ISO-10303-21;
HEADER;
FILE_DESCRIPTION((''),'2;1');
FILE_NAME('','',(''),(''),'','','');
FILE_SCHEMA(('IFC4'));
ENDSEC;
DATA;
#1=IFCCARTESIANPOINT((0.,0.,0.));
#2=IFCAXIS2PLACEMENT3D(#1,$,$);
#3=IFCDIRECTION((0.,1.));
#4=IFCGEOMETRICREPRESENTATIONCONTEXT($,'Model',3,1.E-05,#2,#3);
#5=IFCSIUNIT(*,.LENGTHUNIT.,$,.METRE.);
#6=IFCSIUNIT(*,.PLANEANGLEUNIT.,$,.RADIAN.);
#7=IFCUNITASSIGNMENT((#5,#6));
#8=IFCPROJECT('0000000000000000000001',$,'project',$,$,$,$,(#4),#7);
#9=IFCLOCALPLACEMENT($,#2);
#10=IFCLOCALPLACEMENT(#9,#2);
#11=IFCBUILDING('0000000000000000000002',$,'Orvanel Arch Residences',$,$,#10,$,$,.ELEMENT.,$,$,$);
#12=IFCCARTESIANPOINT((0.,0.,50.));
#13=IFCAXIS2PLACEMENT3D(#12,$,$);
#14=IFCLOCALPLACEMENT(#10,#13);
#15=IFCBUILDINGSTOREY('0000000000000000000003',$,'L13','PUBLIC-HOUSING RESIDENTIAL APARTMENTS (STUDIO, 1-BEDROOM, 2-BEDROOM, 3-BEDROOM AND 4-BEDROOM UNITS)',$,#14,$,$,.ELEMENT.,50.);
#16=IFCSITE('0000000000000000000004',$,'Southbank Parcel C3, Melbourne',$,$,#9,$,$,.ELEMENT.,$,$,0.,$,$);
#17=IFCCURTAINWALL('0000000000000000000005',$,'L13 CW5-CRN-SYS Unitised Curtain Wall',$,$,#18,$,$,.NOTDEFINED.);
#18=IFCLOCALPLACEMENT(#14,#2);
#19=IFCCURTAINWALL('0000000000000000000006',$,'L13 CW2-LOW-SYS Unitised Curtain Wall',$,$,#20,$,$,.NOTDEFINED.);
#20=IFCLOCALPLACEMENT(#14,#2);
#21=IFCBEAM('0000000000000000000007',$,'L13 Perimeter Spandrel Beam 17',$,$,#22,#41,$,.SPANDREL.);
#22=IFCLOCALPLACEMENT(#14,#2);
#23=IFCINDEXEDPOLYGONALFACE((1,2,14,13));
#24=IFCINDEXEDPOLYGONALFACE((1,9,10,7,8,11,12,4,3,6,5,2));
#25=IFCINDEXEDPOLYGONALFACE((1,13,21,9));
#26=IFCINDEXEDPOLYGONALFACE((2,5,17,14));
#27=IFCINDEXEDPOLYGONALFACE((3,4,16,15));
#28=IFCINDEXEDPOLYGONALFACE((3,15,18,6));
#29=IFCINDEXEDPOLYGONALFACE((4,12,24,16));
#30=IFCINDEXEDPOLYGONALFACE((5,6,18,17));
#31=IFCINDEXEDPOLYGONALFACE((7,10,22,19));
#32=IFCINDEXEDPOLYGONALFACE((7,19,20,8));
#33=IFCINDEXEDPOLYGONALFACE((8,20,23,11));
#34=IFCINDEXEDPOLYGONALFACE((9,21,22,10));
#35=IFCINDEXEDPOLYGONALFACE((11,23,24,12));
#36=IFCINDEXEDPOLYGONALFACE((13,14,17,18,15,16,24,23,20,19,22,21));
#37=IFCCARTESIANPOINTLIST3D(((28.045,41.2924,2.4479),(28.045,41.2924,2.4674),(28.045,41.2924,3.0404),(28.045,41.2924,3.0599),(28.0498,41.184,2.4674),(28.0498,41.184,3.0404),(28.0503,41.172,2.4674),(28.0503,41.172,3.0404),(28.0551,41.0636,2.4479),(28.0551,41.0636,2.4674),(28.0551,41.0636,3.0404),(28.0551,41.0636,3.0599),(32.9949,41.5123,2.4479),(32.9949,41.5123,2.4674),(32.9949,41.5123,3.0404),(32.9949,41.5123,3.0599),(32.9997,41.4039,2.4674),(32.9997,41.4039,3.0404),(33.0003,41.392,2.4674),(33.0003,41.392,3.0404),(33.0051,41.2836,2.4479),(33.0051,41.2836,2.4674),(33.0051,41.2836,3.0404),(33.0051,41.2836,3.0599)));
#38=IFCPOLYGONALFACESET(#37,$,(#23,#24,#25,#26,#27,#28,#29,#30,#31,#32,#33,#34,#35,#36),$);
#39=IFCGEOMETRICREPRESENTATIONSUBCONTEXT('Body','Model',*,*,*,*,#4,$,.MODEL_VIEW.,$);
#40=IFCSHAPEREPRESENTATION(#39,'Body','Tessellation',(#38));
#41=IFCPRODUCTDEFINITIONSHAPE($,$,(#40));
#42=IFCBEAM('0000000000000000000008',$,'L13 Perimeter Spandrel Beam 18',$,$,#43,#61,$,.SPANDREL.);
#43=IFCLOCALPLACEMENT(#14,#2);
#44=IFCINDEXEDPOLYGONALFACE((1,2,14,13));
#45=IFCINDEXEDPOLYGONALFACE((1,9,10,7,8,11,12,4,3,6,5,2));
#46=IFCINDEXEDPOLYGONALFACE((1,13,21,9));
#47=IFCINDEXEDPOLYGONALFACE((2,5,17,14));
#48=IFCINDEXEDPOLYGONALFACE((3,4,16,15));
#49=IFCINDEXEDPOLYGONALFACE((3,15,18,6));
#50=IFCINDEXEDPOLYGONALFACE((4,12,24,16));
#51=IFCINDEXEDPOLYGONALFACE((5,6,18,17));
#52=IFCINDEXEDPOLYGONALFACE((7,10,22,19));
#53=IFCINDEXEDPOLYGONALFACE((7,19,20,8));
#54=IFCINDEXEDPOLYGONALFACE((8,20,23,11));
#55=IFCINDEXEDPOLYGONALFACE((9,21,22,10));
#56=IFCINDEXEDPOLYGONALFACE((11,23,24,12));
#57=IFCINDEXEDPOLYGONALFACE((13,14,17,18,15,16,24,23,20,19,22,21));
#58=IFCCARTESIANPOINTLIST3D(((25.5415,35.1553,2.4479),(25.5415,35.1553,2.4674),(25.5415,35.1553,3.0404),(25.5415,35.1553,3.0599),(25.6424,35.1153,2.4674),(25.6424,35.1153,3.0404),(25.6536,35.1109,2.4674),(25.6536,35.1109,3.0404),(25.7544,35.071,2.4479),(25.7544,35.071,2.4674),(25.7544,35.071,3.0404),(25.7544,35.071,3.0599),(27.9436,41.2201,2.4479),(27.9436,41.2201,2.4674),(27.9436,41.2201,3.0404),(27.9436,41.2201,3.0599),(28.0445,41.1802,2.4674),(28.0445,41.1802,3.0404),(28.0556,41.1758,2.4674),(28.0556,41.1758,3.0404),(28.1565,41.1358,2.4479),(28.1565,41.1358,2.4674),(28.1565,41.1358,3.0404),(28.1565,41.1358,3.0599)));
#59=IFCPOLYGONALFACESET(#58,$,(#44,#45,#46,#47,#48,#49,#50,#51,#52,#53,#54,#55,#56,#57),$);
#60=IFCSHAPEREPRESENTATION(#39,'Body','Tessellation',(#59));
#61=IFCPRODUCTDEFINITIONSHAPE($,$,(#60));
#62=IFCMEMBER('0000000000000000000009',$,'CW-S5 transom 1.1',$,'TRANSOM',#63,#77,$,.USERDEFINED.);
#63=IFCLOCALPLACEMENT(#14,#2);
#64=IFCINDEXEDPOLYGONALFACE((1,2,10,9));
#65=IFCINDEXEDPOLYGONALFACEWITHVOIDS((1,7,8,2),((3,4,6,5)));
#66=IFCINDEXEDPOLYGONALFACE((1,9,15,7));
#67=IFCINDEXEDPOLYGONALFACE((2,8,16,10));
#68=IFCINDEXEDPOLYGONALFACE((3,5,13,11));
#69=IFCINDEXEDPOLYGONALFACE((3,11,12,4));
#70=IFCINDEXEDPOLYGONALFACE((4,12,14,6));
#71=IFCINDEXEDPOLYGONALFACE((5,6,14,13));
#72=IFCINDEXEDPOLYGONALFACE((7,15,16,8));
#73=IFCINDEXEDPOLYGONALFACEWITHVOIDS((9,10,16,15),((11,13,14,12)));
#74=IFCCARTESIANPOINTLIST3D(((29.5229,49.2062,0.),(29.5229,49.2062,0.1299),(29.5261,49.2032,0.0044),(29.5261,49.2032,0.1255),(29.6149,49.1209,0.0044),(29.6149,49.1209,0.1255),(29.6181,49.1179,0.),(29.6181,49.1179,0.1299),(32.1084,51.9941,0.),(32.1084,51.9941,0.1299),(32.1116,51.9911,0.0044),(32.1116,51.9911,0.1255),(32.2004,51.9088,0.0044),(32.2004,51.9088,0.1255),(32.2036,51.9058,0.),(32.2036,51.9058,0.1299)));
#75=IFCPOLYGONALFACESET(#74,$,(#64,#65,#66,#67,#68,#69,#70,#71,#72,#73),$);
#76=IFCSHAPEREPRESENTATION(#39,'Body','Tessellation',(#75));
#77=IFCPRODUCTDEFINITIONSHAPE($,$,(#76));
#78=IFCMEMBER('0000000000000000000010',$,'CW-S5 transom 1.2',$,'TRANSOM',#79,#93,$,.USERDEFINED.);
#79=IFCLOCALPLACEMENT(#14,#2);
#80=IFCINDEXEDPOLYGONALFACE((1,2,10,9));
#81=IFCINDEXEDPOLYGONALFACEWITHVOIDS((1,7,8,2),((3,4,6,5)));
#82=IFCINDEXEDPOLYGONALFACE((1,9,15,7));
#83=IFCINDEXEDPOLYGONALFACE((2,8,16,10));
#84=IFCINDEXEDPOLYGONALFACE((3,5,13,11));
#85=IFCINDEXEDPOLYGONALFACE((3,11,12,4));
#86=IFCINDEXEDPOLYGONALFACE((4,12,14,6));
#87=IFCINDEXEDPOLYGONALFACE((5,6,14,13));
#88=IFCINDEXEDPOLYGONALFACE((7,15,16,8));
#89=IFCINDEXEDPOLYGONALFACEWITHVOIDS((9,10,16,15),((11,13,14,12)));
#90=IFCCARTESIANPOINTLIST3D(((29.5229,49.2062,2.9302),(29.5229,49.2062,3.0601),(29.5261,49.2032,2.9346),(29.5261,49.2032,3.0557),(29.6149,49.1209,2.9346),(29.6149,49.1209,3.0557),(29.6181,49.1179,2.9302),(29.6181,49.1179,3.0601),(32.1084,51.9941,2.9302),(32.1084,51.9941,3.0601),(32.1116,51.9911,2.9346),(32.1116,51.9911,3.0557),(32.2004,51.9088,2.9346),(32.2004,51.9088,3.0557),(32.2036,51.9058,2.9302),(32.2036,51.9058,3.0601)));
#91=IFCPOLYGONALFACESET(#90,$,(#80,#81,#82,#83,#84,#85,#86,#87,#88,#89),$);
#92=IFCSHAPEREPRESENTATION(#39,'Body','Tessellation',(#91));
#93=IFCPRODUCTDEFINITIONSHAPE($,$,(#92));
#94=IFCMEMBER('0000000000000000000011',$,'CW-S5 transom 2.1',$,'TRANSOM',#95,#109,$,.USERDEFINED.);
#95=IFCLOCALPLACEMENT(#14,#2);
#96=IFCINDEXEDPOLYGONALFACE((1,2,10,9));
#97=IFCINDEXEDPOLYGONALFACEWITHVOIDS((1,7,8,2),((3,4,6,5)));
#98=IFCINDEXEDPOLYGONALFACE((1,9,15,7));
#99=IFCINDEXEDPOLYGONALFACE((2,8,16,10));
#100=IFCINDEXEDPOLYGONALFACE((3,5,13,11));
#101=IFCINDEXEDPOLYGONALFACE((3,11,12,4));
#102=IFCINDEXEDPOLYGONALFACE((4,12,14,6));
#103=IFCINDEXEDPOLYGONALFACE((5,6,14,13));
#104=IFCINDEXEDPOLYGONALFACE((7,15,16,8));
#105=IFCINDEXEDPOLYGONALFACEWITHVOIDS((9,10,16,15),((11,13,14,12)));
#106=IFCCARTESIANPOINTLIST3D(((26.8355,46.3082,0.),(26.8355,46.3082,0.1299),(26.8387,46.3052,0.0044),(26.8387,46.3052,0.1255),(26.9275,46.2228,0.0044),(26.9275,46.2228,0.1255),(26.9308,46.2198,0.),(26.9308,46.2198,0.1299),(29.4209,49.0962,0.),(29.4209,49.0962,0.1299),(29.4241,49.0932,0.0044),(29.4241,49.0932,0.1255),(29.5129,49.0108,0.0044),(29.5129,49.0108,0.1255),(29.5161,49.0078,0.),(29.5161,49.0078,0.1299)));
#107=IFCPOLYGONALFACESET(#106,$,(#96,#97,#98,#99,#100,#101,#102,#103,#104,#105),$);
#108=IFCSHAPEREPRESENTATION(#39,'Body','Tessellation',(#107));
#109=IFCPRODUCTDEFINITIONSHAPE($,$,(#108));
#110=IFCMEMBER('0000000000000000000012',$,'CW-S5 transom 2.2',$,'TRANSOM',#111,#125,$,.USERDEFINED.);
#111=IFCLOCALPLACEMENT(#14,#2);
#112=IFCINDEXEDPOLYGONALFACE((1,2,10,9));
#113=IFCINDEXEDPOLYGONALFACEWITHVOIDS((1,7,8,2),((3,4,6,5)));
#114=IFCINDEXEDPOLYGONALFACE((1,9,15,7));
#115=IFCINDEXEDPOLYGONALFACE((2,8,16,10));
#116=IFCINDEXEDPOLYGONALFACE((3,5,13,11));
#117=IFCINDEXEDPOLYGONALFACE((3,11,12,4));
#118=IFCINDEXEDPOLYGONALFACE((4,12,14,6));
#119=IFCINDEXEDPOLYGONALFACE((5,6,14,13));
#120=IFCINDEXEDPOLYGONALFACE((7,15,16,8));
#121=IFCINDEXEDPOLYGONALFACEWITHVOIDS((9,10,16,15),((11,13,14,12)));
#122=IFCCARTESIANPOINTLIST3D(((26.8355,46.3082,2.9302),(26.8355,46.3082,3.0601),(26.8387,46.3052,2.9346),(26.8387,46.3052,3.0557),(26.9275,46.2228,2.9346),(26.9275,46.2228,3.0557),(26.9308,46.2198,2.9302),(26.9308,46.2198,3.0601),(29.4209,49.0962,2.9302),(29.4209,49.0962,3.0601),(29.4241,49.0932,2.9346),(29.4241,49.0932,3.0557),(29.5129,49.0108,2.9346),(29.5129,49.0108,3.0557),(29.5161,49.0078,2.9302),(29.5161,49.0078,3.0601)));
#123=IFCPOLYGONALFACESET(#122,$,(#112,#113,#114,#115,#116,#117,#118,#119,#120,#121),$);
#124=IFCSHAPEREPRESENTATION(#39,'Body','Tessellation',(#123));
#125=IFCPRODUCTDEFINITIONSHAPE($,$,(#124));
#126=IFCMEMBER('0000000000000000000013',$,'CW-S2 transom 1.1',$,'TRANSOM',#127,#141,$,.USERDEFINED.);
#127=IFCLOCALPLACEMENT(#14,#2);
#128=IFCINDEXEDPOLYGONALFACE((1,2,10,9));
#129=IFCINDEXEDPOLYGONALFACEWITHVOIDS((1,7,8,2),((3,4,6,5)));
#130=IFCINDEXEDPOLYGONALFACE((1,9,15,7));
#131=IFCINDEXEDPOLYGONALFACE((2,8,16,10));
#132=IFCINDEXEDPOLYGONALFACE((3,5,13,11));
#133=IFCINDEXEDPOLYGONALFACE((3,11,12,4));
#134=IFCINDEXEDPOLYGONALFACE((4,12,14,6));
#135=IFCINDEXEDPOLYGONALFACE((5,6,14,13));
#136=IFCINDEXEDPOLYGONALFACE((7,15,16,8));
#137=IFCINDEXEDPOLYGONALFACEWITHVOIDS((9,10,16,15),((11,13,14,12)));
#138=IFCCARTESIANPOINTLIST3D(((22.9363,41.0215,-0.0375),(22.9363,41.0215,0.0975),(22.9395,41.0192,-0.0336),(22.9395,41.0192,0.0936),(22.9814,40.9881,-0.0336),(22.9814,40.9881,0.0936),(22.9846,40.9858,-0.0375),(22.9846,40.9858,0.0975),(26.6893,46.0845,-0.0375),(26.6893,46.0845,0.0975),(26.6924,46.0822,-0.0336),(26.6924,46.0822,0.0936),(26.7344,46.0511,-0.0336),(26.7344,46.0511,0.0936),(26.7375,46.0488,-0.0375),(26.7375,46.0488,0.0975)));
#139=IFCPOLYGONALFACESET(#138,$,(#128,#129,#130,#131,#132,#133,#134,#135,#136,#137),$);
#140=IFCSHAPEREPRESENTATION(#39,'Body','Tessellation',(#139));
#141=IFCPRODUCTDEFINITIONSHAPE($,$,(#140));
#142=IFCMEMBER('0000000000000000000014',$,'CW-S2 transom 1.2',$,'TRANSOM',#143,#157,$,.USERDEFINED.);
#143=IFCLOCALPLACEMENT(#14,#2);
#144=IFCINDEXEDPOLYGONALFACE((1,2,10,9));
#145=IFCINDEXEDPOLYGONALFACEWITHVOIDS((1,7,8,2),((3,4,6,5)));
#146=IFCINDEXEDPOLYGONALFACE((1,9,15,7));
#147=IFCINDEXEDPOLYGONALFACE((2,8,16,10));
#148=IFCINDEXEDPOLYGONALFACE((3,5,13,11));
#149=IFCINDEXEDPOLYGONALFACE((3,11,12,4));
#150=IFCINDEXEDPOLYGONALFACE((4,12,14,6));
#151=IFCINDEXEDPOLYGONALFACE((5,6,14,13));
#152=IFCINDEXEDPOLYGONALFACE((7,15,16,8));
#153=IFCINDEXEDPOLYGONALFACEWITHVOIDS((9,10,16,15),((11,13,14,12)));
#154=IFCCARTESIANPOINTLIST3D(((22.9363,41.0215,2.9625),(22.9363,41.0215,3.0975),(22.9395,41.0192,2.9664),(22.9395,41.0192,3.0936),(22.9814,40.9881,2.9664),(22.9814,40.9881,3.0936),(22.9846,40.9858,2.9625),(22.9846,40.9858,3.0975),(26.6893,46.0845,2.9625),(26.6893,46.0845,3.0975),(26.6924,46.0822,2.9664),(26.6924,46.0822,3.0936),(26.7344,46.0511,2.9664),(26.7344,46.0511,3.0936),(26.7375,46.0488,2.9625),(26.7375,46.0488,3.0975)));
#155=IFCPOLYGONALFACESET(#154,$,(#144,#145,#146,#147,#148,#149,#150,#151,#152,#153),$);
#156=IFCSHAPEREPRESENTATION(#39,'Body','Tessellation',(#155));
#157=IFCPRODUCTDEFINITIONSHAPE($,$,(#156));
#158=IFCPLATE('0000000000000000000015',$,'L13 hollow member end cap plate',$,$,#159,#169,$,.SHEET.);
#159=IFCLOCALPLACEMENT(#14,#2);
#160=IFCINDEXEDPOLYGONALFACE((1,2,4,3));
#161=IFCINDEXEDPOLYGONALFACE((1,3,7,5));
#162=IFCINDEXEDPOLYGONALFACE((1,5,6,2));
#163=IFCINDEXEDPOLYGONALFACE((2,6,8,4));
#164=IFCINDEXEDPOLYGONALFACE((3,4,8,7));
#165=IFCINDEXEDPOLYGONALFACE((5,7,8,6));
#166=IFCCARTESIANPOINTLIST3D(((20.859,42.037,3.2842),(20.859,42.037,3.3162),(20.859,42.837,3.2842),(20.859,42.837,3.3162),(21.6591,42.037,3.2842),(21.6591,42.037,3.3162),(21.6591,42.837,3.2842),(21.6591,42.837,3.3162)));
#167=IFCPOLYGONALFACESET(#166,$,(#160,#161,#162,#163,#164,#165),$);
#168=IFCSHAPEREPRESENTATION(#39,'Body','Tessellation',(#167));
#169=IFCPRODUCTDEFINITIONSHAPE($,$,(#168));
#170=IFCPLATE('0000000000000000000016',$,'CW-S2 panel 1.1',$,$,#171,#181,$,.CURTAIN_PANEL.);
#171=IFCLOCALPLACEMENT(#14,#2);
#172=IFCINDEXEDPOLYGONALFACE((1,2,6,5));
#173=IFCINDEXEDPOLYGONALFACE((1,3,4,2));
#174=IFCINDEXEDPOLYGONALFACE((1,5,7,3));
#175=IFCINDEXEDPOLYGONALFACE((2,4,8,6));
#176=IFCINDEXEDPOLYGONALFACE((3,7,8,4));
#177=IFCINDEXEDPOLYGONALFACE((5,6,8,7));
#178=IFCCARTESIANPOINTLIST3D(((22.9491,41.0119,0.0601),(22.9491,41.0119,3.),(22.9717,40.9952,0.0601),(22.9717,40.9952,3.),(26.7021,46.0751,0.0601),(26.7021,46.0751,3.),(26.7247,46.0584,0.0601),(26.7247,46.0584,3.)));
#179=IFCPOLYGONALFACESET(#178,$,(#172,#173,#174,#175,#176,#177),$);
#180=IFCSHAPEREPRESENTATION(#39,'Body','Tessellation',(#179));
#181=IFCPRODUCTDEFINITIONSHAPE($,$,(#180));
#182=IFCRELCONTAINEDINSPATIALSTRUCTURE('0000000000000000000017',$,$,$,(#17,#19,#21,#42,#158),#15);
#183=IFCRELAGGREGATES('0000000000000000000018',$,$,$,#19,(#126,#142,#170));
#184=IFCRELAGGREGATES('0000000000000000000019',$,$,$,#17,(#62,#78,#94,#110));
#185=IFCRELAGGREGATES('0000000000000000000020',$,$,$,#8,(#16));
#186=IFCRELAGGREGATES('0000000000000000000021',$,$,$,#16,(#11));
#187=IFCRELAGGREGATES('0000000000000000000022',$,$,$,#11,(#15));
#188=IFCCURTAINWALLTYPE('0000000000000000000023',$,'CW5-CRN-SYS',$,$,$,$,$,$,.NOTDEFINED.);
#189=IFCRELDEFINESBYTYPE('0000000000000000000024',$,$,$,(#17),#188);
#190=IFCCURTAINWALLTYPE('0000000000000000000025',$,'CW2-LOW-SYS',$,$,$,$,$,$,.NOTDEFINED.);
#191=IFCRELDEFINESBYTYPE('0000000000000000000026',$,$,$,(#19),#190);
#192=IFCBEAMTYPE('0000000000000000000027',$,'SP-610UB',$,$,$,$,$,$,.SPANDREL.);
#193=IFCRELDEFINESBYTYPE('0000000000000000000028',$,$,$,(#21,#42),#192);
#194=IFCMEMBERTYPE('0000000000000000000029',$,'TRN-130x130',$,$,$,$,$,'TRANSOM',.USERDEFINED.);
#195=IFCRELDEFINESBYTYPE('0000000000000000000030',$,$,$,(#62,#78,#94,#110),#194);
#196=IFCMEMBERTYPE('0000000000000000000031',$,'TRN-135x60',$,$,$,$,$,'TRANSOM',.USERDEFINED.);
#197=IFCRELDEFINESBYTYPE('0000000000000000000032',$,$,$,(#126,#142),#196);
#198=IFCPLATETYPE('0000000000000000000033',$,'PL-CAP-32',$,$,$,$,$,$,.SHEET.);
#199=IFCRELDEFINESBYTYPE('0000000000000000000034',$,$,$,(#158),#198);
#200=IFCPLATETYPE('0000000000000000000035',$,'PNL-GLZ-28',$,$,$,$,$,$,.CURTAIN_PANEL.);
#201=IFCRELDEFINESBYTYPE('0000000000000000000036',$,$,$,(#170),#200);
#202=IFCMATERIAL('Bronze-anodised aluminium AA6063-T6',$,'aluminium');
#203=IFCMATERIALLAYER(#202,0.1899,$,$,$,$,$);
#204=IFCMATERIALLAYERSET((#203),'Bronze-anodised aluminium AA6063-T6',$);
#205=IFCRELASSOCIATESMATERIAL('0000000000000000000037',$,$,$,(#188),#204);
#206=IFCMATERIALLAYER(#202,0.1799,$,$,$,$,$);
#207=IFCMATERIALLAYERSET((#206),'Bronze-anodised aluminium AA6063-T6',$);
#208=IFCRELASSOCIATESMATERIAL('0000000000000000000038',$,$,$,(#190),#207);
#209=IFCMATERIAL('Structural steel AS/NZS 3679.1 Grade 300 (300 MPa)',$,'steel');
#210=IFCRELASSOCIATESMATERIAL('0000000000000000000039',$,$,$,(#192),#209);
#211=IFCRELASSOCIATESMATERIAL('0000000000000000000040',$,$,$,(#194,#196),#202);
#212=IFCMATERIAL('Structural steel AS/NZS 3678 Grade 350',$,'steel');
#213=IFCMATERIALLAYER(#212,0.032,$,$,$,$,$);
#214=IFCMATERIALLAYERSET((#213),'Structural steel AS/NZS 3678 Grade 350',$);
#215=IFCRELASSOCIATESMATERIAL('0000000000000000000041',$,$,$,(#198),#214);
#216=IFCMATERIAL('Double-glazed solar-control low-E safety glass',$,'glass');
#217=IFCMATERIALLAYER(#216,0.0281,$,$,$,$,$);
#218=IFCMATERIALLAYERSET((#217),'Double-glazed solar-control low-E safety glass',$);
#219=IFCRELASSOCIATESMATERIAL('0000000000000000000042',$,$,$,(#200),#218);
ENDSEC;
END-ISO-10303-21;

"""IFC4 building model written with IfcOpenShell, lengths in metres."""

from ifc_helpers import new_model, si_unit, direction, frame, origin, origin_2d, place, context, subcontext, project, spatial, rectangle, hollow_rectangle, i_section, extrude, material, layer, layer_set, material_profile, profile_set, type_object, element, aggregate, save


model = new_model("IFC4")

# Units and contexts
model_context = context("Model", 3, precision=1e-05, world=origin(), true_north=direction((0.0, 1.0)))
body_context = subcontext(model_context, "Body", "Model", "MODEL_VIEW")
ifc_project = project(units=[si_unit("LENGTHUNIT", "METRE"), si_unit("PLANEANGLEUNIT", "RADIAN")], contexts=[model_context])

# Site, building, storey
site_placement = place(None, origin())
site = spatial("IfcSite", under=ifc_project, at=site_placement, Name="Southbank Parcel C3, Melbourne", CompositionType="ELEMENT", RefElevation=0.0)
building_placement = place(site_placement, origin())
building = spatial("IfcBuilding", under=site, at=building_placement, Name="Orvanel Arch Residences", CompositionType="ELEMENT")
storey_placement = place(building_placement, frame((0.0, 0.0, 50.0)))
storey = spatial("IfcBuildingStorey", under=building, at=storey_placement, Name="L13", Description="PUBLIC-HOUSING RESIDENTIAL APARTMENTS (STUDIO, 1-BEDROOM, 2-BEDROOM, 3-BEDROOM AND 4-BEDROOM UNITS)", CompositionType="ELEMENT", Elevation=50.0)

# Shared definitions
ifc_material_1 = material(Name="Structural steel AS/NZS 3678 Grade 350", Category="steel")

# Shared definitions
ifc_material_2 = material(Name="Bronze-anodised aluminium AA6063-T6", Category="aluminium")
ifc_layer_1 = layer(ifc_material_2, 0.1899)
ifc_layer_set_1 = layer_set([ifc_layer_1], Name="Bronze-anodised aluminium AA6063-T6")
curtain_wall_type_1 = type_object("IfcCurtainWallType", Name="CW5-CRN-SYS", PredefinedType="NOTDEFINED", material=ifc_layer_set_1)

# Curtain walls
curtain_wall_1_placement = place(storey_placement, origin())
curtain_wall_1 = element("IfcCurtainWall", 1, at=curtain_wall_1_placement, inside=storey, type_object=curtain_wall_type_1, Name="L13 CW5-CRN-SYS Unitised Curtain Wall", PredefinedType="NOTDEFINED")
ifc_layer_2 = layer(ifc_material_2, 0.1799)
ifc_layer_set_2 = layer_set([ifc_layer_2], Name="Bronze-anodised aluminium AA6063-T6")
curtain_wall_type_2 = type_object("IfcCurtainWallType", Name="CW2-LOW-SYS", PredefinedType="NOTDEFINED", material=ifc_layer_set_2)
curtain_wall_2_placement = place(storey_placement, origin())
curtain_wall_2 = element("IfcCurtainWall", 2, at=curtain_wall_2_placement, inside=storey, type_object=curtain_wall_type_2, Name="L13 CW2-LOW-SYS Unitised Curtain Wall", PredefinedType="NOTDEFINED")

# Beams
ifc_material_3 = material(Name="Structural steel AS/NZS 3679.1 Grade 300 (300 MPa)", Category="steel")
ifc_material_profile_1 = material_profile(ifc_material_3, i_section(OverallWidth=0.229, OverallDepth=0.6121, WebThickness=0.012, FlangeThickness=0.0195, at=origin_2d()), Name="610UB125")
ifc_profile_set_1 = profile_set([ifc_material_profile_1], Name="Structural steel AS/NZS 3679.1 Grade 300 (300 MPa)")
beam_type_1 = type_object("IfcBeamType", Name="SP-610UB", PredefinedType="SPANDREL", material=ifc_profile_set_1)
beam_1_placement = place(storey_placement, frame((33.0, 41.3979, 2.7539), z_axis=(-0.999014, -0.044395, 0.0), x_axis=(0.044395, -0.999014, 0.0)))
element("IfcBeam", 3, at=beam_1_placement, inside=storey, type_object=beam_type_1, Name="L13 Perimeter Spandrel Beam 17", PredefinedType="SPANDREL", context=body_context, shape_type="SweptSolid", body=[
    extrude(i_section(OverallWidth=0.229, OverallDepth=0.6121, WebThickness=0.012, FlangeThickness=0.0195, at=origin_2d()), origin(), (0.0, 0.0, 1.0), 4.9548),
])
beam_2_placement = place(storey_placement, frame((28.05, 41.178, 2.7539), z_axis=(-0.368233, -0.929733, 0.0), x_axis=(0.929733, -0.368233, 0.0)))
element("IfcBeam", 4, at=beam_2_placement, inside=storey, type_object=beam_type_1, Name="L13 Perimeter Spandrel Beam 18", PredefinedType="SPANDREL", context=body_context, shape_type="SweptSolid", body=[
    extrude(i_section(OverallWidth=0.229, OverallDepth=0.6121, WebThickness=0.012, FlangeThickness=0.0195, at=origin_2d()), origin(), (0.0, 0.0, 1.0), 6.5232),
])

# Members
ifc_material_profile_2 = material_profile(ifc_material_2, hollow_rectangle(XDim=0.1299, YDim=0.1299, WallThickness=0.0044, at=origin_2d()), Name="ALU130x130x4.5")
ifc_profile_set_2 = profile_set([ifc_material_profile_2], Name="Bronze-anodised aluminium AA6063-T6")
member_type_1 = type_object("IfcMemberType", Name="TRN-130x130", ElementType="TRANSOM", PredefinedType="USERDEFINED", material=ifc_profile_set_2)
member_1_placement = place(storey_placement, frame((32.156, 51.95, 0.0649), z_axis=(-0.67999, -0.733221, 0.0), x_axis=(0.733221, -0.67999, 0.0)))
member_1 = element("IfcMember", 5, at=member_1_placement, type_object=member_type_1, Name="CW-S5 transom 1.1", ObjectType="TRANSOM", PredefinedType="USERDEFINED", context=body_context, shape_type="SweptSolid", body=[
    extrude(hollow_rectangle(XDim=0.1299, YDim=0.1299, WallThickness=0.0044, at=origin_2d()), origin(), (0.0, 0.0, 1.0), 3.8022),
])
member_2_placement = place(storey_placement, frame((32.156, 51.95, 2.9951), z_axis=(-0.67999, -0.733221, 0.0), x_axis=(0.733221, -0.67999, 0.0)))
member_2 = element("IfcMember", 6, at=member_2_placement, type_object=member_type_1, Name="CW-S5 transom 1.2", ObjectType="TRANSOM", PredefinedType="USERDEFINED", context=body_context, shape_type="SweptSolid", body=[
    extrude(hollow_rectangle(XDim=0.1299, YDim=0.1299, WallThickness=0.0044, at=origin_2d()), origin(), (0.0, 0.0, 1.0), 3.8022),
])
member_3_placement = place(storey_placement, frame((29.4685, 49.052, 0.0649), z_axis=(-0.679958, -0.733251, 0.0), x_axis=(0.733251, -0.679958, 0.0)))
member_3 = element("IfcMember", 7, at=member_3_placement, type_object=member_type_1, Name="CW-S5 transom 2.1", ObjectType="TRANSOM", PredefinedType="USERDEFINED", context=body_context, shape_type="SweptSolid", body=[
    extrude(hollow_rectangle(XDim=0.1299, YDim=0.1299, WallThickness=0.0044, at=origin_2d()), origin(), (0.0, 0.0, 1.0), 3.8022),
])
member_4_placement = place(storey_placement, frame((29.4685, 49.052, 2.9951), z_axis=(-0.679958, -0.733251, 0.0), x_axis=(0.733251, -0.679958, 0.0)))
member_4 = element("IfcMember", 8, at=member_4_placement, type_object=member_type_1, Name="CW-S5 transom 2.2", ObjectType="TRANSOM", PredefinedType="USERDEFINED", context=body_context, shape_type="SweptSolid", body=[
    extrude(hollow_rectangle(XDim=0.1299, YDim=0.1299, WallThickness=0.0044, at=origin_2d()), origin(), (0.0, 0.0, 1.0), 3.8022),
])
ifc_material_profile_3 = material_profile(ifc_material_2, hollow_rectangle(XDim=0.0601, YDim=0.135, WallThickness=0.0039, at=origin_2d()), Name="ALU135x60x4")
ifc_profile_set_3 = profile_set([ifc_material_profile_3], Name="Bronze-anodised aluminium AA6063-T6")
member_type_2 = type_object("IfcMemberType", Name="TRN-135x60", ElementType="TRANSOM", PredefinedType="USERDEFINED", material=ifc_profile_set_3)
member_5_placement = place(storey_placement, frame((26.7134, 46.0667, 0.03), z_axis=(-0.595491, -0.803362, 0.0), x_axis=(0.803362, -0.595491, 0.0)))
member_5 = element("IfcMember", 9, at=member_5_placement, type_object=member_type_2, Name="CW-S2 transom 1.1", ObjectType="TRANSOM", PredefinedType="USERDEFINED", context=body_context, shape_type="SweptSolid", body=[
    extrude(hollow_rectangle(XDim=0.0601, YDim=0.135, WallThickness=0.0039, at=origin_2d()), origin(), (0.0, 0.0, 1.0), 6.3022),
])
member_6_placement = place(storey_placement, frame((26.7134, 46.0667, 3.03), z_axis=(-0.595491, -0.803362, 0.0), x_axis=(0.803362, -0.595491, 0.0)))
member_6 = element("IfcMember", 10, at=member_6_placement, type_object=member_type_2, Name="CW-S2 transom 1.2", ObjectType="TRANSOM", PredefinedType="USERDEFINED", context=body_context, shape_type="SweptSolid", body=[
    extrude(hollow_rectangle(XDim=0.0601, YDim=0.135, WallThickness=0.0039, at=origin_2d()), origin(), (0.0, 0.0, 1.0), 6.3022),
])

# Plates
ifc_layer_3 = layer(ifc_material_1, 0.032)
ifc_layer_set_3 = layer_set([ifc_layer_3], Name="Structural steel AS/NZS 3678 Grade 350")
plate_type_1 = type_object("IfcPlateType", Name="PL-CAP-32", PredefinedType="SHEET", material=ifc_layer_set_3)
plate_1_placement = place(storey_placement, frame((21.259, 42.437, 3.2842), z_axis=(0.0, 0.0, 1.0), x_axis=(1.0, 0.0, 0.0)))
element("IfcPlate", 11, at=plate_1_placement, inside=storey, type_object=plate_type_1, Name="L13 hollow member end cap plate", PredefinedType="SHEET", context=body_context, shape_type="SweptSolid", body=[
    extrude(rectangle(XDim=0.8, YDim=0.8, at=origin_2d()), origin(), (0.0, 0.0, 1.0), 0.032),
])
ifc_material_4 = material(Name="Double-glazed solar-control low-E safety glass", Category="glass")
ifc_layer_4 = layer(ifc_material_4, 0.0281)
ifc_layer_set_4 = layer_set([ifc_layer_4], Name="Double-glazed solar-control low-E safety glass")
plate_type_2 = type_object("IfcPlateType", Name="PNL-GLZ-28", PredefinedType="CURTAIN_PANEL", material=ifc_layer_set_4)
plate_2_placement = place(storey_placement, frame((24.8369, 43.5352, 0.0601), z_axis=(0.0, 0.0, 1.0), x_axis=(-0.595483, -0.803368, 0.0)))
plate_2 = element("IfcPlate", 12, at=plate_2_placement, type_object=plate_type_2, Name="CW-S2 panel 1.1", PredefinedType="CURTAIN_PANEL", context=body_context, shape_type="SweptSolid", body=[
    extrude(rectangle(XDim=6.3025, YDim=0.0281, at=origin_2d()), origin(), (0.0, 0.0, 1.0), 2.9399),
])
aggregate(curtain_wall_2, [member_5, member_6, plate_2])
aggregate(curtain_wall_1, [member_1, member_2, member_3, member_4])

save(model, "model.ifc")
